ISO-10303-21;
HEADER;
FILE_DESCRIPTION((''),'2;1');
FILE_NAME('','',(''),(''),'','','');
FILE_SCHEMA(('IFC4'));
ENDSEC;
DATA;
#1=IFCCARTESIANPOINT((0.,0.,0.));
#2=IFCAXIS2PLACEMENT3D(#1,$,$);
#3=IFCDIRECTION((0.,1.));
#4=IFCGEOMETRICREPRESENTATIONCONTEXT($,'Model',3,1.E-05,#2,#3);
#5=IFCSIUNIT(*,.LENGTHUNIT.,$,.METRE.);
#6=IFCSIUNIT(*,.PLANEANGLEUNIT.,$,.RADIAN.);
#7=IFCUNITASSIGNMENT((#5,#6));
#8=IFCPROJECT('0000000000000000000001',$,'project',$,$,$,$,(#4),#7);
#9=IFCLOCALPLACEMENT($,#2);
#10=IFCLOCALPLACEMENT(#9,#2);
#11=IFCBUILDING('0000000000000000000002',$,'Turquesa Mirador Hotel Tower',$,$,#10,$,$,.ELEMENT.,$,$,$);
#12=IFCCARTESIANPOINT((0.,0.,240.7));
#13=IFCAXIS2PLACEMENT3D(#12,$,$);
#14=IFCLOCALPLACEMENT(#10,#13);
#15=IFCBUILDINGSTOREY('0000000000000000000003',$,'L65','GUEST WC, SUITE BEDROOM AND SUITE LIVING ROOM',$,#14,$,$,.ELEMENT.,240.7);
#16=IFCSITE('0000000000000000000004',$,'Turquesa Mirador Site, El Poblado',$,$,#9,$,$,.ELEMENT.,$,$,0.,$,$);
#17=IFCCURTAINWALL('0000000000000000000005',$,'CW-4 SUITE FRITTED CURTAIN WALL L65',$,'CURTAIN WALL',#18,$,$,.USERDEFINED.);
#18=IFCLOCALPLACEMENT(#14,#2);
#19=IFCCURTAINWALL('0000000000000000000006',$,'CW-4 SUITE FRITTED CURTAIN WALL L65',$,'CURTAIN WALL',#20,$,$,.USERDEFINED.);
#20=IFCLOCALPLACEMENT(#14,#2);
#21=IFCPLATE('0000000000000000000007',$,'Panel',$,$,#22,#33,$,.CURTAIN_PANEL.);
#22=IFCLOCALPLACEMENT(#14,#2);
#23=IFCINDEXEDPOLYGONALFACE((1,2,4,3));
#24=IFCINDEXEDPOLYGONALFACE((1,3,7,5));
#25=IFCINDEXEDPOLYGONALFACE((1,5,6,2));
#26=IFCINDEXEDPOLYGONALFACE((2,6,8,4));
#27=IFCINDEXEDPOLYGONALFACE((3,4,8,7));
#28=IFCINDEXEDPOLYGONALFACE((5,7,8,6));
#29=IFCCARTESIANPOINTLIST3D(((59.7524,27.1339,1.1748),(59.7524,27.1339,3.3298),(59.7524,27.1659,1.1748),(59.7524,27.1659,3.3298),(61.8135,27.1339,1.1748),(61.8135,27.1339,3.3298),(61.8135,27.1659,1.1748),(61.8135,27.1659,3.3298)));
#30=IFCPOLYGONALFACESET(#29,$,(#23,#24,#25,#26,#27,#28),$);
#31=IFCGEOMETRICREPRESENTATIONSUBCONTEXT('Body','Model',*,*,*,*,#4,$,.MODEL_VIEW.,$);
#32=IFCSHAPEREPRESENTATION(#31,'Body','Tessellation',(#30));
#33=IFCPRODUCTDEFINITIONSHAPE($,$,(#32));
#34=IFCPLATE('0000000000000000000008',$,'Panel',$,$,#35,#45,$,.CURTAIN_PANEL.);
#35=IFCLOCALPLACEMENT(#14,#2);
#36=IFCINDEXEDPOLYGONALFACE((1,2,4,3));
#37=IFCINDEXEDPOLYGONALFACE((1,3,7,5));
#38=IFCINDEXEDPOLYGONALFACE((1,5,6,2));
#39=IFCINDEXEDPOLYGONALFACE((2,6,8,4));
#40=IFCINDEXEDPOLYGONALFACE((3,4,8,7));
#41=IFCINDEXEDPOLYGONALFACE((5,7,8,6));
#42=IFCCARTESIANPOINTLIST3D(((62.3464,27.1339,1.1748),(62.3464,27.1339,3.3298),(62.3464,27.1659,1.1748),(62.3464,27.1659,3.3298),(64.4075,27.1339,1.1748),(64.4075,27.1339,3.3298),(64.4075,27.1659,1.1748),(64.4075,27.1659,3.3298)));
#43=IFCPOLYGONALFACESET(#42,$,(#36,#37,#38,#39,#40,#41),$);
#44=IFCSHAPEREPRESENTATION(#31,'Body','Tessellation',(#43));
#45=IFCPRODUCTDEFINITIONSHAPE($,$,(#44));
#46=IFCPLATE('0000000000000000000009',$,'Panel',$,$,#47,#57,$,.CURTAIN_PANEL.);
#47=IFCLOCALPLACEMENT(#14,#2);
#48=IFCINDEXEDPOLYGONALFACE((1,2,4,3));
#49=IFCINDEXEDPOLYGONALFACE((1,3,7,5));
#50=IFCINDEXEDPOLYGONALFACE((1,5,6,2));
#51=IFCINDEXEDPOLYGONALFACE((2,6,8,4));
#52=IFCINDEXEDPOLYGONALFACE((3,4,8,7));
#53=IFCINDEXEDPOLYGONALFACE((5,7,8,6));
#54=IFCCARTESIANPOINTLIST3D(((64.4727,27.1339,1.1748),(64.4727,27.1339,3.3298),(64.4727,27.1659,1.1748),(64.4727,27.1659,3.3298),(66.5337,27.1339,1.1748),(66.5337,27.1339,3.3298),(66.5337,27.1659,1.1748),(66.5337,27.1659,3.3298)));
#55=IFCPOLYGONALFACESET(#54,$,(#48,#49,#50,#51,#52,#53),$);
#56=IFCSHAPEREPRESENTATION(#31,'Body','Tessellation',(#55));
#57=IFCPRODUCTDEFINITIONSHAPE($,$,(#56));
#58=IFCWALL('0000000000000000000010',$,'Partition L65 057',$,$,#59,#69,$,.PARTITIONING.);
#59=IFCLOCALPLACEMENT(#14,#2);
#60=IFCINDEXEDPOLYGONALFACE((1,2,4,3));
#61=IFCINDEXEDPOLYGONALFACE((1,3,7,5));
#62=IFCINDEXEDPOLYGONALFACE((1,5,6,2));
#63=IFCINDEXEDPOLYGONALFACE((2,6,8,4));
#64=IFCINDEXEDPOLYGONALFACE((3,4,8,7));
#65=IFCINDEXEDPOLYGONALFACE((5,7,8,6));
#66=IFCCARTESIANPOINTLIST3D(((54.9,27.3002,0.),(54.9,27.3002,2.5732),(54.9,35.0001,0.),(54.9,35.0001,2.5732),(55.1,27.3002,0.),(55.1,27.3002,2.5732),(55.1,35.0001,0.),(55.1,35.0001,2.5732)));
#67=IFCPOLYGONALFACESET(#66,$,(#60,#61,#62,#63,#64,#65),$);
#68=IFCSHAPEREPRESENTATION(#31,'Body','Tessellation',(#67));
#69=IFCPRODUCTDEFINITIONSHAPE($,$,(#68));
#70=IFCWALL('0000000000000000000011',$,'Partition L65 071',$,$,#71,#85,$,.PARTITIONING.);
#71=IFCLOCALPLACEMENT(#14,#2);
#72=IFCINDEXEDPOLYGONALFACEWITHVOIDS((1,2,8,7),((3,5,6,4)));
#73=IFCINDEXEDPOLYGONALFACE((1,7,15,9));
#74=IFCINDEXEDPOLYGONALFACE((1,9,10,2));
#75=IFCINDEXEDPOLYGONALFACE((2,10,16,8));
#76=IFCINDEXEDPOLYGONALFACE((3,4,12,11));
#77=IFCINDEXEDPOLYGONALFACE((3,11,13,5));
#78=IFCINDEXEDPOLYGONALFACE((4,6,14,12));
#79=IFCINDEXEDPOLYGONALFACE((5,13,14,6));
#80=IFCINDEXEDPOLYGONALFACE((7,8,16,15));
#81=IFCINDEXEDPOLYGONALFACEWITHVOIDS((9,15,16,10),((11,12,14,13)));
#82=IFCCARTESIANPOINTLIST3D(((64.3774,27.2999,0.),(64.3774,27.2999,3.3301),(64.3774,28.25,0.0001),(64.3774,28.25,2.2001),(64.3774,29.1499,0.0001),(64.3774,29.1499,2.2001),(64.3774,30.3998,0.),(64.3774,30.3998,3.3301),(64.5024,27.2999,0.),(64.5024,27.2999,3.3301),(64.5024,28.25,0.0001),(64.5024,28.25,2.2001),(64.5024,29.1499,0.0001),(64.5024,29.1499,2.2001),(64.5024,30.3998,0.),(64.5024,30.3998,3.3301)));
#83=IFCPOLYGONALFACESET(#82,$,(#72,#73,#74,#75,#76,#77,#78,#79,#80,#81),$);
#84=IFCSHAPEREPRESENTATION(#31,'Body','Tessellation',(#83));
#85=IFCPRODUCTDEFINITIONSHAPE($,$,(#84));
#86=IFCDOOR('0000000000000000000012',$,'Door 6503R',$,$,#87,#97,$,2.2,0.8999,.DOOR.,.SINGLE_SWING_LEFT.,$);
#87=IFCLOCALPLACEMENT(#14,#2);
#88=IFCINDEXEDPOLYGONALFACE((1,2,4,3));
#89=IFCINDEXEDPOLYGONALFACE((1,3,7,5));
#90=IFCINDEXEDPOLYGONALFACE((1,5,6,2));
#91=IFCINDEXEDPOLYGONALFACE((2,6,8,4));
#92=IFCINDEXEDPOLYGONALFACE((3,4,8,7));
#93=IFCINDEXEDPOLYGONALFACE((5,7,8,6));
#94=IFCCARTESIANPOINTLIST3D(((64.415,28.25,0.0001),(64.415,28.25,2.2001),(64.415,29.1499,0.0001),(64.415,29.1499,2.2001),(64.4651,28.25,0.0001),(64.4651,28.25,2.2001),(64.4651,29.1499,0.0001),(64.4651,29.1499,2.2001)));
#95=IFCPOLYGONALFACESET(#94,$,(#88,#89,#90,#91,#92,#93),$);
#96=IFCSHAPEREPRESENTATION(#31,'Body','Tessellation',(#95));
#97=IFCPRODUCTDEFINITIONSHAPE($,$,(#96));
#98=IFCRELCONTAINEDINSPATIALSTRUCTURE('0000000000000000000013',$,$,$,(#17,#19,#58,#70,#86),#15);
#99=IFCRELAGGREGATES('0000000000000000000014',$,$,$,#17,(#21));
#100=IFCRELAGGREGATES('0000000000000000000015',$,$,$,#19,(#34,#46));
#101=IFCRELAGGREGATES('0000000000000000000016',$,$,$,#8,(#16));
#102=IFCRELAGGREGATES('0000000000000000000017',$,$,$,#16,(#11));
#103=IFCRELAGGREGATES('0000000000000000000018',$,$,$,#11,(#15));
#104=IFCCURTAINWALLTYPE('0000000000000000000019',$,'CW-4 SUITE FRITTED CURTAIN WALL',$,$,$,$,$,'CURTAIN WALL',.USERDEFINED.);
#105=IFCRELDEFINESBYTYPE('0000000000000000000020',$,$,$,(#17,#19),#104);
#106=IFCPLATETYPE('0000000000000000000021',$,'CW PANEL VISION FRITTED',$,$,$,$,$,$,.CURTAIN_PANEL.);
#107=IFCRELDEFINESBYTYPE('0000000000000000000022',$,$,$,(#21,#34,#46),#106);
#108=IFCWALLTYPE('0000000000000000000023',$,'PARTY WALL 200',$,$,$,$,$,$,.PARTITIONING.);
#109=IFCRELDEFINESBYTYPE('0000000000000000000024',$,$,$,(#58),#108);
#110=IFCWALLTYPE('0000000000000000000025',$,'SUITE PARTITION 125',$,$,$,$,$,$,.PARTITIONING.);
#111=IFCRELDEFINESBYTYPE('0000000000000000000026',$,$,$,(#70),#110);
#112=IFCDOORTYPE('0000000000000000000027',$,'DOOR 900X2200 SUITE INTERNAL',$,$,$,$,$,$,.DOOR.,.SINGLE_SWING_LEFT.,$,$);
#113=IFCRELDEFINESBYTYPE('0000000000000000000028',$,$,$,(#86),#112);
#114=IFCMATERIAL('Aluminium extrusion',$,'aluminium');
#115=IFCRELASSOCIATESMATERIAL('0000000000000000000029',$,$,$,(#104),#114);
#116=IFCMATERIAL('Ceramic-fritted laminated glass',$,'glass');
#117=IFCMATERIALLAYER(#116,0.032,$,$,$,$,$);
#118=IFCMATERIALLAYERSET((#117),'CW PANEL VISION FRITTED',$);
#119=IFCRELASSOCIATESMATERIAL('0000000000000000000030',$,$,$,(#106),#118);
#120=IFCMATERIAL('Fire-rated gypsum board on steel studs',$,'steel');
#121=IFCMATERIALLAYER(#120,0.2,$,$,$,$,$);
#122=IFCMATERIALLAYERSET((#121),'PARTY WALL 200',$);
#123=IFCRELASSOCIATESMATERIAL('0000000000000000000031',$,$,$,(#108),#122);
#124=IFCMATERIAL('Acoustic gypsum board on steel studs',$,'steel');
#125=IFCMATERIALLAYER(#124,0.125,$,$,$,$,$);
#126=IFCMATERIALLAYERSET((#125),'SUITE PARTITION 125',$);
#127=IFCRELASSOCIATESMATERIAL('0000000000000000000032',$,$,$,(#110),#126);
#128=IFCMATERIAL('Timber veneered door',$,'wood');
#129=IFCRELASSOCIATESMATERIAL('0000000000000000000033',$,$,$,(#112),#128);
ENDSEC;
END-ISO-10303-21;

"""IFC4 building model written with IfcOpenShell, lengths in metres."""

from ifc_helpers import new_model, si_unit, direction, frame, frame_2d, origin, origin_2d, place, context, subcontext, project, spatial, rectangle, extrude, material, layer, layer_set, type_object, element, fill, aggregate, save


model = new_model("IFC4")

# Units and contexts
model_context = context("Model", 3, precision=1e-05, world=origin(), true_north=direction((0.0, 1.0)))
body_context = subcontext(model_context, "Body", "Model", "MODEL_VIEW")
ifc_project = project(units=[si_unit("LENGTHUNIT", "METRE"), si_unit("PLANEANGLEUNIT", "RADIAN")], contexts=[model_context])

# Site, building, storey
site_placement = place(None, origin())
site = spatial("IfcSite", under=ifc_project, at=site_placement, Name="Turquesa Mirador Site, El Poblado", CompositionType="ELEMENT", RefElevation=0.0)
building_placement = place(site_placement, origin())
building = spatial("IfcBuilding", under=site, at=building_placement, Name="Turquesa Mirador Hotel Tower", CompositionType="ELEMENT")
storey_placement = place(building_placement, frame((0.0, 0.0, 240.7)))
storey = spatial("IfcBuildingStorey", under=building, at=storey_placement, Name="L65", Description="GUEST WC, SUITE BEDROOM AND SUITE LIVING ROOM", CompositionType="ELEMENT", Elevation=240.7)

# Curtain walls
ifc_material_1 = material(Name="Aluminium extrusion", Category="aluminium")
curtain_wall_type = type_object("IfcCurtainWallType", Name="CW-4 SUITE FRITTED CURTAIN WALL", ElementType="CURTAIN WALL", PredefinedType="USERDEFINED", material=ifc_material_1)
curtain_wall_1_placement = place(storey_placement, origin())
curtain_wall_1 = element("IfcCurtainWall", 1, at=curtain_wall_1_placement, inside=storey, type_object=curtain_wall_type, Name="CW-4 SUITE FRITTED CURTAIN WALL L65", ObjectType="CURTAIN WALL", PredefinedType="USERDEFINED")
curtain_wall_2_placement = place(storey_placement, origin())
curtain_wall_2 = element("IfcCurtainWall", 2, at=curtain_wall_2_placement, inside=storey, type_object=curtain_wall_type, Name="CW-4 SUITE FRITTED CURTAIN WALL L65", ObjectType="CURTAIN WALL", PredefinedType="USERDEFINED")

# Plates
ifc_material_2 = material(Name="Ceramic-fritted laminated glass", Category="glass")
ifc_layer_1 = layer(ifc_material_2, 0.032)
ifc_layer_set_1 = layer_set([ifc_layer_1], Name="CW PANEL VISION FRITTED")
plate_type_1 = type_object("IfcPlateType", Name="CW PANEL VISION FRITTED", PredefinedType="CURTAIN_PANEL", material=ifc_layer_set_1)
plate_1_placement = place(storey_placement, frame((60.783, 27.1499, 1.1748), z_axis=(0.0, 0.0, 1.0), x_axis=(1.0, 0.0, 0.0)))
plate_1 = element("IfcPlate", 3, at=plate_1_placement, type_object=plate_type_1, Name="Panel", PredefinedType="CURTAIN_PANEL", context=body_context, shape_type="SweptSolid", body=[
    extrude(rectangle(XDim=2.061, YDim=0.032, at=origin_2d()), origin(), (0.0, 0.0, 1.0), 2.155),
])
aggregate(curtain_wall_1, [plate_1])
plate_2_placement = place(storey_placement, frame((63.377, 27.1499, 1.1748), z_axis=(0.0, 0.0, 1.0), x_axis=(1.0, 0.0, 0.0)))
plate_2 = element("IfcPlate", 4, at=plate_2_placement, type_object=plate_type_1, Name="Panel", PredefinedType="CURTAIN_PANEL", context=body_context, shape_type="SweptSolid", body=[
    extrude(rectangle(XDim=2.061, YDim=0.032, at=origin_2d()), origin(), (0.0, 0.0, 1.0), 2.155),
])
plate_3_placement = place(storey_placement, frame((65.5032, 27.1499, 1.1748), z_axis=(0.0, 0.0, 1.0), x_axis=(1.0, 0.0, 0.0)))
plate_3 = element("IfcPlate", 5, at=plate_3_placement, type_object=plate_type_1, Name="Panel", PredefinedType="CURTAIN_PANEL", context=body_context, shape_type="SweptSolid", body=[
    extrude(rectangle(XDim=2.061, YDim=0.032, at=origin_2d()), origin(), (0.0, 0.0, 1.0), 2.155),
])
aggregate(curtain_wall_2, [plate_2, plate_3])

# Wall
ifc_material_3 = material(Name="Fire-rated gypsum board on steel studs", Category="steel")
ifc_layer_2 = layer(ifc_material_3, 0.2)
ifc_layer_set_2 = layer_set([ifc_layer_2], Name="PARTY WALL 200")
wall_type_1 = type_object("IfcWallType", Name="PARTY WALL 200", PredefinedType="PARTITIONING", material=ifc_layer_set_2)
wall_1_placement = place(storey_placement, frame((55.0, 27.3, 0.0), z_axis=(0.0, 0.0, 1.0), x_axis=(0.0, 1.0, 0.0)))
element("IfcWall", 6, at=wall_1_placement, inside=storey, type_object=wall_type_1, Name="Partition L65 057", PredefinedType="PARTITIONING", context=body_context, shape_type="SweptSolid", body=[
    extrude(rectangle(XDim=7.7, YDim=0.2, at=frame_2d((3.8501, 0.0))), origin(), (0.0, 0.0, 1.0), 2.5732),
])

# Wall, opening, door
ifc_material_4 = material(Name="Acoustic gypsum board on steel studs", Category="steel")
ifc_layer_3 = layer(ifc_material_4, 0.125)
ifc_layer_set_3 = layer_set([ifc_layer_3], Name="SUITE PARTITION 125")
wall_type_2 = type_object("IfcWallType", Name="SUITE PARTITION 125", PredefinedType="PARTITIONING", material=ifc_layer_set_3)
wall_2_placement = place(storey_placement, frame((64.4399, 27.3, 0.0), z_axis=(0.0, 0.0, 1.0), x_axis=(0.0, 1.0, 0.0)))
wall_2 = element("IfcWall", 7, at=wall_2_placement, inside=storey, type_object=wall_type_2, Name="Partition L65 071", PredefinedType="PARTITIONING", context=body_context, shape_type="SweptSolid", body=[
    extrude(rectangle(XDim=3.0999, YDim=0.125, at=frame_2d((1.5498, 0.0))), origin(), (0.0, 0.0, 1.0), 3.3301),
])
opening_placement = place(wall_2_placement, frame((0.95, 0.0, 0.0)))
opening = element("IfcOpeningElement", 8, at=opening_placement, cuts=wall_2, PredefinedType="OPENING", context=body_context, shape_type="SweptSolid", body=[
    extrude(rectangle(XDim=0.8999, YDim=2.2, at=frame_2d((0.45, 1.1001))), frame((0.0, 0.0725, 0.0), z_axis=(0.0, -1.0, 0.0), x_axis=(1.0, 0.0, 0.0)), (0.0, 0.0, 1.0), 0.145),
])
ifc_material_5 = material(Name="Timber veneered door", Category="wood")
door_type = type_object("IfcDoorType", Name="DOOR 900X2200 SUITE INTERNAL", OperationType="SINGLE_SWING_LEFT", PredefinedType="DOOR", material=ifc_material_5)
door_placement = place(opening_placement, origin())
door = element("IfcDoor", 9, at=door_placement, inside=storey, type_object=door_type, Name="Door 6503R", OperationType="SINGLE_SWING_LEFT", OverallHeight=2.2, OverallWidth=0.8999, PredefinedType="DOOR", context=body_context, shape_type="SweptSolid", body=[
    extrude(rectangle(XDim=0.8999, YDim=2.2, at=frame_2d((0.45, 1.1001))), frame((0.0, 0.0249, 0.0), z_axis=(0.0, -1.0, 0.0), x_axis=(1.0, 0.0, 0.0)), (0.0, 0.0, 1.0), 0.05),
])
fill(opening, door)

save(model, "model.ifc")
